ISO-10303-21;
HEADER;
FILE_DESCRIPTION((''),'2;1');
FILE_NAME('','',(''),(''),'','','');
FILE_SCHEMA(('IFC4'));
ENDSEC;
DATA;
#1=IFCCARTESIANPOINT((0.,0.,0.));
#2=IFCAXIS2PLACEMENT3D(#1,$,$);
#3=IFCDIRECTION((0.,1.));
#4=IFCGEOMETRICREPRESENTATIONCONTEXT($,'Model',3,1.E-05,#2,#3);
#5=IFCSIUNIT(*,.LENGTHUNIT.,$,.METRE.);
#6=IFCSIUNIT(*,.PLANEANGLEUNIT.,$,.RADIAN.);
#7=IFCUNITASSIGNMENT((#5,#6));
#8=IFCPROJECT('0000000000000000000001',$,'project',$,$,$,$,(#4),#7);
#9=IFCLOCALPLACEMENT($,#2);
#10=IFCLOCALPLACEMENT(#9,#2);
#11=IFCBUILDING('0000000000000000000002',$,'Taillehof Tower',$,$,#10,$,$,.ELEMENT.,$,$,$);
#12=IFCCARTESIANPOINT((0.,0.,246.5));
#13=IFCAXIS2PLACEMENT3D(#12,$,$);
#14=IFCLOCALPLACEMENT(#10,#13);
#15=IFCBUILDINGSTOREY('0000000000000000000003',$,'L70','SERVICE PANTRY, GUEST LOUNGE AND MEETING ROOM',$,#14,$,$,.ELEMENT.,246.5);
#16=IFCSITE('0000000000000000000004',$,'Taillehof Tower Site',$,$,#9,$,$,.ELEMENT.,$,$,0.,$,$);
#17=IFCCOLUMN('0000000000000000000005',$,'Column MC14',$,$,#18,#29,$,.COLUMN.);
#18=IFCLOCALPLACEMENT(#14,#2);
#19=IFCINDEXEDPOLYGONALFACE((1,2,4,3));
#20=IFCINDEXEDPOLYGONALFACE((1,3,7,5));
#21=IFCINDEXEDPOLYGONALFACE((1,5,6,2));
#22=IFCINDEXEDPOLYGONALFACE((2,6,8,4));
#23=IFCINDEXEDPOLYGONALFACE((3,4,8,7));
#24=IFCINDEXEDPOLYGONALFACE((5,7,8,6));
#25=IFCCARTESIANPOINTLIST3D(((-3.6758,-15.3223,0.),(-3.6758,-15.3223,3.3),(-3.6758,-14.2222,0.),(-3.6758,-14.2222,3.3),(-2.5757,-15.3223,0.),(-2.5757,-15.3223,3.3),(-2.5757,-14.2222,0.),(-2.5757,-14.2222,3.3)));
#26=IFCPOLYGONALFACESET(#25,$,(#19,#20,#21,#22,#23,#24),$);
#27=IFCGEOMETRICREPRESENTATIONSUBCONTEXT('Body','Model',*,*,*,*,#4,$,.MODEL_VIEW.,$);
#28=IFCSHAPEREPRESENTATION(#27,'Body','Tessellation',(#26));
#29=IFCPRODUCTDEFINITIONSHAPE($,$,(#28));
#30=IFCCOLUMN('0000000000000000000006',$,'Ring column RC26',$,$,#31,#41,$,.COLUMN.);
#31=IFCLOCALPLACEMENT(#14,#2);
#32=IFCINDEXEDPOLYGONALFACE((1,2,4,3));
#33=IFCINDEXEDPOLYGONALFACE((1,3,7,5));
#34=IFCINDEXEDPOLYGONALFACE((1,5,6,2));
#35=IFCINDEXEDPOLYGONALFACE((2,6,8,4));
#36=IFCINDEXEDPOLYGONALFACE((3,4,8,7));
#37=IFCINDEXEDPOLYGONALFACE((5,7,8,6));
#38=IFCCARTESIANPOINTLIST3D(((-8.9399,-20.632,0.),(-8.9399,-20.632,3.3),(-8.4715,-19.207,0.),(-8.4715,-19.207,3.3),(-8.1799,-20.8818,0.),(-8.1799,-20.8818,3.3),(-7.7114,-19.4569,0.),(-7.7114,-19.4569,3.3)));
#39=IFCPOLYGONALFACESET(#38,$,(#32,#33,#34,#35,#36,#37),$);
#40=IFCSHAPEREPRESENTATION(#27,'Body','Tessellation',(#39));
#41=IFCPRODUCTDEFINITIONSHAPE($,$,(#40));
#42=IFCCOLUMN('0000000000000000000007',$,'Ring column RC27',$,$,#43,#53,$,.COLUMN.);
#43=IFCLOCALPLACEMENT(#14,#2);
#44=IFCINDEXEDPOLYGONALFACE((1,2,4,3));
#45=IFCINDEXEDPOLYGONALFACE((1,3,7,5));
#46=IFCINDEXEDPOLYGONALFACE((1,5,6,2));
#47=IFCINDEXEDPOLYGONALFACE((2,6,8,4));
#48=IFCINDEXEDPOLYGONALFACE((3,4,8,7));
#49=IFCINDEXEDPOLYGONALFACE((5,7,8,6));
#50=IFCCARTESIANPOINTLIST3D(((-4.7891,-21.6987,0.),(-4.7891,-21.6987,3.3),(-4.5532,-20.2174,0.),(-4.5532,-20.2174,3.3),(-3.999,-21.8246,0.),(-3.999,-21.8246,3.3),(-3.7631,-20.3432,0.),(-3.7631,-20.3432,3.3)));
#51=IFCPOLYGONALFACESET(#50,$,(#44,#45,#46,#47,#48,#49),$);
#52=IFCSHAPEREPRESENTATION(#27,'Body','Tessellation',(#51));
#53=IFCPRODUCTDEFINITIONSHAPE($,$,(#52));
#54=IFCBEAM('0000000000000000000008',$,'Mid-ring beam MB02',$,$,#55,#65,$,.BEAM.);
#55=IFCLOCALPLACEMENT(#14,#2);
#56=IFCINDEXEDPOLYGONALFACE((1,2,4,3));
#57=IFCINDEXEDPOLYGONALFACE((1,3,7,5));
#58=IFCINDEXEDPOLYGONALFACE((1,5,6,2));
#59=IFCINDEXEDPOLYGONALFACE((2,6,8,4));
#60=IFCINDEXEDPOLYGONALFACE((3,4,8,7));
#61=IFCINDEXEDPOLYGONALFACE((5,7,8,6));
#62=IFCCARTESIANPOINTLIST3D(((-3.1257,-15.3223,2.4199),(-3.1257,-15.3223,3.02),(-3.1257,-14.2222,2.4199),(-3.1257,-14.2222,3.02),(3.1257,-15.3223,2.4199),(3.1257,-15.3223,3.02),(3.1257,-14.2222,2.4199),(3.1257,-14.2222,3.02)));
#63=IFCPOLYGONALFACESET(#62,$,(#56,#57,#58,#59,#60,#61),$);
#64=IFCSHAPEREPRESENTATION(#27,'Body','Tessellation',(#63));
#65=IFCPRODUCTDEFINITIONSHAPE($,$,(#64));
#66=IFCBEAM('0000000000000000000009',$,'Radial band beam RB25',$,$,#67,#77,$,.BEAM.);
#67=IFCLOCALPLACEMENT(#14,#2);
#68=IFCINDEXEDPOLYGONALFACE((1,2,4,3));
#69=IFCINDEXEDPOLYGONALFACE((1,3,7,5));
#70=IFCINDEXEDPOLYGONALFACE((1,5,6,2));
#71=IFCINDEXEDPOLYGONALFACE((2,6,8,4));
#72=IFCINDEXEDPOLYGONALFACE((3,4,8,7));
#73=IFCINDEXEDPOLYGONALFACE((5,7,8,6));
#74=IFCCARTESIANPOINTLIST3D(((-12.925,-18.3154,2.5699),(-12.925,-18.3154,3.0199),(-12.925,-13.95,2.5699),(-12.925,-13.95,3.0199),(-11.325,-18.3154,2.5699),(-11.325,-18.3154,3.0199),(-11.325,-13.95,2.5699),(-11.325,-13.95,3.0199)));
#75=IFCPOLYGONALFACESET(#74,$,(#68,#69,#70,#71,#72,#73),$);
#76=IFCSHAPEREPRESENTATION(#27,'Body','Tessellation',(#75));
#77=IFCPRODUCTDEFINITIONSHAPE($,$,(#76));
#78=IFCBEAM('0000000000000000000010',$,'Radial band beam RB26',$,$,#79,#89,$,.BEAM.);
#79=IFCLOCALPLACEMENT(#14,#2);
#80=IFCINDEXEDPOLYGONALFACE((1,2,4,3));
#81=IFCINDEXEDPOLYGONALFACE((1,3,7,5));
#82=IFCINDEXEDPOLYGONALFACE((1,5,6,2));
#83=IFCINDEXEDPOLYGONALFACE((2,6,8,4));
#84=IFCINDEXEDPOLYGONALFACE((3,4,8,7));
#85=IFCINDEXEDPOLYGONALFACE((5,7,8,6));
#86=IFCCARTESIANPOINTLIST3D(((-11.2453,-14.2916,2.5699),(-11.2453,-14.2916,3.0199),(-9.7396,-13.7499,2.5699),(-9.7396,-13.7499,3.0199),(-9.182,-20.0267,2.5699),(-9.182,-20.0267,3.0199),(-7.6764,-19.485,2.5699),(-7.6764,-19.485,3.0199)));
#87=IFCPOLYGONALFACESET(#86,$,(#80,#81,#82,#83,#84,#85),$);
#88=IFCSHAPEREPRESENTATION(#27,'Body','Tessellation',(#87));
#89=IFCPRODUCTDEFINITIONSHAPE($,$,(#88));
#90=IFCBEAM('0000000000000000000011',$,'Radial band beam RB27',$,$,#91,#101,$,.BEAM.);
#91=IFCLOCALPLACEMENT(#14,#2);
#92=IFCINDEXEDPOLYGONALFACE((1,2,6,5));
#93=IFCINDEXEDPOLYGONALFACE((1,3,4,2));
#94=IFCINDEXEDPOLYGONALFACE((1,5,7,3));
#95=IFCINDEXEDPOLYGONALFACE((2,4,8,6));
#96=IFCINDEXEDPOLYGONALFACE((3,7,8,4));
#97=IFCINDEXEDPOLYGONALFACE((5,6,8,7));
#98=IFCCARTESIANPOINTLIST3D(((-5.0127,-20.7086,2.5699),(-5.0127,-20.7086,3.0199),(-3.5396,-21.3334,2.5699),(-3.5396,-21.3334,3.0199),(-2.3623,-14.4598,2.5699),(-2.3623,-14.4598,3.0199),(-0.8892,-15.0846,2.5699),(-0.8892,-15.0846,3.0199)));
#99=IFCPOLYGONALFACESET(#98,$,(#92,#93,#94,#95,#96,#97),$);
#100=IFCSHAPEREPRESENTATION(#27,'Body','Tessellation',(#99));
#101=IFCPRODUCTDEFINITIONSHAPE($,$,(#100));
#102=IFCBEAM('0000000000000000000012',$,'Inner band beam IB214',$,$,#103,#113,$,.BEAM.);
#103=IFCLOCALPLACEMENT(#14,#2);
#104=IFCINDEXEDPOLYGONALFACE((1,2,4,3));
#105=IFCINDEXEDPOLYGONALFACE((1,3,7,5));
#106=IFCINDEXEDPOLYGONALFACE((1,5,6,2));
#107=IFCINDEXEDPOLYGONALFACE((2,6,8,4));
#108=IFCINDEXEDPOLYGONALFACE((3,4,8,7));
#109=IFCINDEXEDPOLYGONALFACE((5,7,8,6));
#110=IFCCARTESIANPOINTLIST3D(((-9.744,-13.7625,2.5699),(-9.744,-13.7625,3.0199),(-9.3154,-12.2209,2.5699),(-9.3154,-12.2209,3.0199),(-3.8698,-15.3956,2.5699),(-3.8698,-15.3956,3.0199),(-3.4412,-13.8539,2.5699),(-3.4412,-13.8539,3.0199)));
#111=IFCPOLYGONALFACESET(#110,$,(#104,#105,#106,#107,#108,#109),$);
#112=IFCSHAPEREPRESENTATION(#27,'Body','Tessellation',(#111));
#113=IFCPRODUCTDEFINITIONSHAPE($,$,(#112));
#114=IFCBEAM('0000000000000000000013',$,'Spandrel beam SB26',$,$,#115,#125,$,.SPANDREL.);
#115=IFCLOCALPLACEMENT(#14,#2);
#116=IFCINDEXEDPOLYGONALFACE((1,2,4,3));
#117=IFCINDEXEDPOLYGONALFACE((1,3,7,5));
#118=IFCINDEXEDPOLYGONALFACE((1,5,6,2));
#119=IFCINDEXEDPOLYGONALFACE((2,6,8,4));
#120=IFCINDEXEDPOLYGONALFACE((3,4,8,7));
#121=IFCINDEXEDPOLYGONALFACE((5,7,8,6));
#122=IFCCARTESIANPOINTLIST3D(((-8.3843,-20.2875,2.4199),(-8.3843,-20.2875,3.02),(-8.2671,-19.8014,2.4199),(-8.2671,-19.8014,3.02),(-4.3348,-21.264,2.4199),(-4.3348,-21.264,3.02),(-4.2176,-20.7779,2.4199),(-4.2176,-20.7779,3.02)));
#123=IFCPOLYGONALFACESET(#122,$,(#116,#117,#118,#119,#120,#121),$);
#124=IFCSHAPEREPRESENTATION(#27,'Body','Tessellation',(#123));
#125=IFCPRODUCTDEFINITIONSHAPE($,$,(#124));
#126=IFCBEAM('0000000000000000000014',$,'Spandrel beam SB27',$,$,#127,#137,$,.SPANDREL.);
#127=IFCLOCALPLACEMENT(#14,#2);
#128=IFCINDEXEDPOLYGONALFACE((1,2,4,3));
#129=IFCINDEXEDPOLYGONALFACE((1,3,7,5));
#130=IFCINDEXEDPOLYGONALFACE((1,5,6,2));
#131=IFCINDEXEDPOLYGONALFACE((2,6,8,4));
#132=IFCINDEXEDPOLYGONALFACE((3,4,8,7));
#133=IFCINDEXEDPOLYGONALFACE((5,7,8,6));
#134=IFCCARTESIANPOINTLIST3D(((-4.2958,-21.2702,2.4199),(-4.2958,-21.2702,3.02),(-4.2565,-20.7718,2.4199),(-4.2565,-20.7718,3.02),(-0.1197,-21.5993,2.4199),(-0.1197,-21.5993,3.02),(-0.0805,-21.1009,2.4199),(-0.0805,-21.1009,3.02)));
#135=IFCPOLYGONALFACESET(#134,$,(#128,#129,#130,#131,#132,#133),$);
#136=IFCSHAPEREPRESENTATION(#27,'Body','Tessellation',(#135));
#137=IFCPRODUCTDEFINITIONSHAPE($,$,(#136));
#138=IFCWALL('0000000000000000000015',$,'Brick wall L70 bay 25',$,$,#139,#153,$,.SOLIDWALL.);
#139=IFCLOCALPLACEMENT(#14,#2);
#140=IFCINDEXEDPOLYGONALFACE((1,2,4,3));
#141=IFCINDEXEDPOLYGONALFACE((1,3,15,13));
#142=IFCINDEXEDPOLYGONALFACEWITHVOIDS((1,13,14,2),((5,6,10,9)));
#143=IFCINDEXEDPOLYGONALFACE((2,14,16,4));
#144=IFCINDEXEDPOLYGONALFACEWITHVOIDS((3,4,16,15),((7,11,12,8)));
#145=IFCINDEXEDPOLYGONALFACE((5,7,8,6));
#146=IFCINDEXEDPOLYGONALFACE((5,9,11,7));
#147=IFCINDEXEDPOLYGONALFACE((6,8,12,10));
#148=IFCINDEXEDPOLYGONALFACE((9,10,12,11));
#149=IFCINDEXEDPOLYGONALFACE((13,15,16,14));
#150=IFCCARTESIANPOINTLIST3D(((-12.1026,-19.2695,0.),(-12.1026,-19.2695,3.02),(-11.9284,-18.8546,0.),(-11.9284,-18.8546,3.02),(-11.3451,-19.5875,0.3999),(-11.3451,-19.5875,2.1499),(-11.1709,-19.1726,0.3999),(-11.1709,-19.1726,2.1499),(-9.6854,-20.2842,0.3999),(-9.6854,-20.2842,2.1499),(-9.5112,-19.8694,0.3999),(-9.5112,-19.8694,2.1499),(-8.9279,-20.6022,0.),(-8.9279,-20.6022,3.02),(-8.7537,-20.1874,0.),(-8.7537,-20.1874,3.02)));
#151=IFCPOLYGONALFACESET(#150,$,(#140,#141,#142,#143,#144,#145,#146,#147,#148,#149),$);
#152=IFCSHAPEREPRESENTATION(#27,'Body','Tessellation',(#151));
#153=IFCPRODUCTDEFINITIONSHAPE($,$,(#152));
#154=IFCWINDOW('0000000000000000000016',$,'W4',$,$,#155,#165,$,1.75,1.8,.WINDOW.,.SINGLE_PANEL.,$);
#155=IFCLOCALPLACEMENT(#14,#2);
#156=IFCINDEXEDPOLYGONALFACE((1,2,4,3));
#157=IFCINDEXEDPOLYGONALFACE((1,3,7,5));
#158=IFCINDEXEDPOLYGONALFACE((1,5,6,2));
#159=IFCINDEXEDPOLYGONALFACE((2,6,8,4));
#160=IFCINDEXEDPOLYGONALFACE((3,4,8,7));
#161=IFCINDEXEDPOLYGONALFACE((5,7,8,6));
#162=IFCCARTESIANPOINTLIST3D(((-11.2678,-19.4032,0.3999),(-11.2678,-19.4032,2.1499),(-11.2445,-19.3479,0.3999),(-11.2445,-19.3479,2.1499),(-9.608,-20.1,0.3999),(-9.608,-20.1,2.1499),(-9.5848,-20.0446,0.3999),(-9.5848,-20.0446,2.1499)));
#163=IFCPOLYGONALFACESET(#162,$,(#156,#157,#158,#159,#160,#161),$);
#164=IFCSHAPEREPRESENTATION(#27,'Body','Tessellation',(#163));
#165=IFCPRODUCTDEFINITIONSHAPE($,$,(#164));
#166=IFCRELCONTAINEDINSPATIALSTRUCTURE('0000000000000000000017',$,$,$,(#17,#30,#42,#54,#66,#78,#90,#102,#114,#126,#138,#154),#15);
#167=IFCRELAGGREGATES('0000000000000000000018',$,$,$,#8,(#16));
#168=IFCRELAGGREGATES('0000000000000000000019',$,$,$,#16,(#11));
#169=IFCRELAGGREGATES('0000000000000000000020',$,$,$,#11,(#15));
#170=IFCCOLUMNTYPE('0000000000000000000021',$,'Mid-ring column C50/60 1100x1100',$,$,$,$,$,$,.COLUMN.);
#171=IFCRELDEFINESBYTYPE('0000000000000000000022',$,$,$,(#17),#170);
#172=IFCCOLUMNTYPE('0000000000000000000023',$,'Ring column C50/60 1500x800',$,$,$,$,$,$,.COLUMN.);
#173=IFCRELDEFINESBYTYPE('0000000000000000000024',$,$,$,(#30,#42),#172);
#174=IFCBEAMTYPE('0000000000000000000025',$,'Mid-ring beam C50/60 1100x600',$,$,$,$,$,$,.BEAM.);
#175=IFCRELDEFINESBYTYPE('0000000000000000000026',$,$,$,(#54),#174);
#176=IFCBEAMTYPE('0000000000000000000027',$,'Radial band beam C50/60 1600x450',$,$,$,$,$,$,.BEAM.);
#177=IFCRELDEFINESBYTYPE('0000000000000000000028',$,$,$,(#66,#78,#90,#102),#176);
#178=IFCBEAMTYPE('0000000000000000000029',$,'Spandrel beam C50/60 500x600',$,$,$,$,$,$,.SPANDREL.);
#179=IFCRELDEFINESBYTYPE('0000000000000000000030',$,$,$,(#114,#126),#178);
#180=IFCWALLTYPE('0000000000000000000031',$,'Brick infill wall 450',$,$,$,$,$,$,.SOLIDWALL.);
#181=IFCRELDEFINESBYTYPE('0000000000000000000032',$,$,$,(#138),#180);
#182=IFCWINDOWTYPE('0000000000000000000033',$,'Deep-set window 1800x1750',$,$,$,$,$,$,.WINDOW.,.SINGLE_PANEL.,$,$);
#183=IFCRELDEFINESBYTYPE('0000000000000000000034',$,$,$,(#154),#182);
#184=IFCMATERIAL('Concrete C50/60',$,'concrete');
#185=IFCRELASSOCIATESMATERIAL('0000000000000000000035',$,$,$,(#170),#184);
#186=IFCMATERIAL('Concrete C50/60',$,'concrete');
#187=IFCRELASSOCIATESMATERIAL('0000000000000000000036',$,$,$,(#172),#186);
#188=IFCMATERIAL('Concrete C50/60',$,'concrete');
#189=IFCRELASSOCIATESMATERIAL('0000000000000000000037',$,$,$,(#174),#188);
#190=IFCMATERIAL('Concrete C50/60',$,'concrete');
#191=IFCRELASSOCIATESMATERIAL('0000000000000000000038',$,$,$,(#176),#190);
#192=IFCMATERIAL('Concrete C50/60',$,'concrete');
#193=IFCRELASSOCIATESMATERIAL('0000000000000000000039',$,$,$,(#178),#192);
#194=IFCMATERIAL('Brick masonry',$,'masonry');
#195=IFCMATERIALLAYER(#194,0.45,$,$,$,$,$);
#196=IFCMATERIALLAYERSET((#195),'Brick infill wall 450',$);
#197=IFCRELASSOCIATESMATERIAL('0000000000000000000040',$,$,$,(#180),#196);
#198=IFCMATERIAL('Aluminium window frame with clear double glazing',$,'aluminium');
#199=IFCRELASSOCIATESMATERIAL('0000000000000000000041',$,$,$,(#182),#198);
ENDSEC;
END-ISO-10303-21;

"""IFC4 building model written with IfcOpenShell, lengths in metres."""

from ifc_helpers import new_model, si_unit, direction, frame, frame_2d, origin, origin_2d, place, context, subcontext, project, spatial, rectangle, extrude, material, layer, layer_set, material_profile, profile_set, type_object, element, fill, save


model = new_model("IFC4")

# Units and contexts
model_context = context("Model", 3, precision=1e-05, world=origin(), true_north=direction((0.0, 1.0)))
body_context = subcontext(model_context, "Body", "Model", "MODEL_VIEW")
ifc_project = project(units=[si_unit("LENGTHUNIT", "METRE"), si_unit("PLANEANGLEUNIT", "RADIAN")], contexts=[model_context])

# Site, building, storey
site_placement = place(None, origin())
site = spatial("IfcSite", under=ifc_project, at=site_placement, Name="Taillehof Tower Site", CompositionType="ELEMENT", RefElevation=0.0)
building_placement = place(site_placement, origin())
building = spatial("IfcBuilding", under=site, at=building_placement, Name="Taillehof Tower", CompositionType="ELEMENT")
storey_placement = place(building_placement, frame((0.0, 0.0, 246.5)))
storey = spatial("IfcBuildingStorey", under=building, at=storey_placement, Name="L70", Description="SERVICE PANTRY, GUEST LOUNGE AND MEETING ROOM", CompositionType="ELEMENT", Elevation=246.5)

# Columns
ifc_material_1 = material(Name="Concrete C50/60", Category="concrete")
ifc_material_profile_1 = material_profile(ifc_material_1, rectangle(XDim=1.1001, YDim=1.1001, at=origin_2d()), Name="RC 1100x1100")
ifc_profile_set_1 = profile_set([ifc_material_profile_1], Name="Concrete C50/60")
column_type_1 = type_object("IfcColumnType", Name="Mid-ring column C50/60 1100x1100", PredefinedType="COLUMN", material=ifc_profile_set_1)
column_placement = place(storey_placement, frame((-3.1257, -14.7722, 0.0), z_axis=(0.0, 0.0, 1.0), x_axis=(1.0, 0.0, 0.0)))
element("IfcColumn", 1, at=column_placement, inside=storey, type_object=column_type_1, Name="Column MC14", PredefinedType="COLUMN", context=body_context, shape_type="SweptSolid", body=[
    extrude(rectangle(XDim=1.1001, YDim=1.1001, at=origin_2d()), origin(), (0.0, 0.0, 1.0), 3.3),
])
ifc_material_2 = material(Name="Concrete C50/60", Category="concrete")
ifc_material_profile_2 = material_profile(ifc_material_2, rectangle(XDim=1.5, YDim=0.8, at=origin_2d()), Name="RC 1500x800")
ifc_profile_set_2 = profile_set([ifc_material_profile_2], Name="Concrete C50/60")
column_type_2 = type_object("IfcColumnType", Name="Ring column C50/60 1500x800", PredefinedType="COLUMN", material=ifc_profile_set_2)
for number, where, z_axis, x_axis, name in (
    (2, (-8.3257, -20.0444, 0.0), (0.0, 0.0, 1.0), (-0.312304, -0.949982, 0.0), "Ring column RC26"),
    (3, (-4.2761, -21.021, 0.0), (0.0, 0.0, 1.0), (-0.157281, -0.987554, 0.0), "Ring column RC27"),
):
    element("IfcColumn", number, at=place(storey_placement, frame(where, z_axis=z_axis, x_axis=x_axis)), inside=storey, type_object=column_type_2, Name=name, PredefinedType="COLUMN", context=body_context, shape_type="SweptSolid", body=[
        extrude(rectangle(XDim=1.5, YDim=0.8, at=origin_2d()), origin(), (0.0, 0.0, 1.0), 3.3),
    ])

# Beams
ifc_material_3 = material(Name="Concrete C50/60", Category="concrete")
ifc_material_profile_3 = material_profile(ifc_material_3, rectangle(XDim=1.1001, YDim=0.6001, at=origin_2d()), Name="RC 1100x600")
ifc_profile_set_3 = profile_set([ifc_material_profile_3], Name="Concrete C50/60")
beam_type_1 = type_object("IfcBeamType", Name="Mid-ring beam C50/60 1100x600", PredefinedType="BEAM", material=ifc_profile_set_3)
beam_1_placement = place(storey_placement, frame((-3.1257, -14.7722, 2.72), z_axis=(1.0, 0.0, 0.0), x_axis=(0.0, 1.0, 0.0)))
element("IfcBeam", 4, at=beam_1_placement, inside=storey, type_object=beam_type_1, Name="Mid-ring beam MB02", PredefinedType="BEAM", context=body_context, shape_type="SweptSolid", body=[
    extrude(rectangle(XDim=1.1001, YDim=0.6001, at=origin_2d()), origin(), (0.0, 0.0, 1.0), 6.2515),
])
ifc_material_4 = material(Name="Concrete C50/60", Category="concrete")
ifc_material_profile_4 = material_profile(ifc_material_4, rectangle(XDim=1.6001, YDim=0.45, at=origin_2d()), Name="RC 1600x450")
ifc_profile_set_4 = profile_set([ifc_material_profile_4], Name="Concrete C50/60")
beam_type_2 = type_object("IfcBeamType", Name="Radial band beam C50/60 1600x450", PredefinedType="BEAM", material=ifc_profile_set_4)
beam_2_placement = place(storey_placement, frame((-12.125, -18.3154, 2.7949), z_axis=(0.0, 1.0, 0.0), x_axis=(-1.0, 0.0, 0.0)))
element("IfcBeam", 5, at=beam_2_placement, inside=storey, type_object=beam_type_2, Name="Radial band beam RB25", PredefinedType="BEAM", context=body_context, shape_type="SweptSolid", body=[
    extrude(rectangle(XDim=1.6001, YDim=0.45, at=origin_2d()), origin(), (0.0, 0.0, 1.0), 4.3655),
])
beam_3_placement = place(storey_placement, frame((-8.4292, -19.7559, 2.7949), z_axis=(-0.338515, 0.940961, 0.0), x_axis=(-0.940961, -0.338515, 0.0)))
element("IfcBeam", 6, at=beam_3_placement, inside=storey, type_object=beam_type_2, Name="Radial band beam RB26", PredefinedType="BEAM", context=body_context, shape_type="SweptSolid", body=[
    extrude(rectangle(XDim=1.6001, YDim=0.45, at=origin_2d()), origin(), (0.0, 0.0, 1.0), 6.095),
])
beam_4_placement = place(storey_placement, frame((-4.2761, -21.021, 2.7949), z_axis=(0.390474, 0.920614, 0.0), x_axis=(-0.920614, 0.390474, 0.0)))
element("IfcBeam", 7, at=beam_4_placement, inside=storey, type_object=beam_type_2, Name="Radial band beam RB27", PredefinedType="BEAM", context=body_context, shape_type="SweptSolid", body=[
    extrude(rectangle(XDim=1.6001, YDim=0.45, at=origin_2d()), origin(), (0.0, 0.0, 1.0), 6.7876),
])
beam_5_placement = place(storey_placement, frame((-3.6555, -14.6248, 2.7949), z_axis=(-0.963459, 0.267855, 0.0), x_axis=(-0.267855, -0.963459, 0.0)))
element("IfcBeam", 8, at=beam_5_placement, inside=storey, type_object=beam_type_2, Name="Inner band beam IB214", PredefinedType="BEAM", context=body_context, shape_type="SweptSolid", body=[
    extrude(rectangle(XDim=1.6001, YDim=0.45, at=origin_2d()), origin(), (0.0, 0.0, 1.0), 6.0969),
])
ifc_material_5 = material(Name="Concrete C50/60", Category="concrete")
ifc_material_profile_5 = material_profile(ifc_material_5, rectangle(XDim=0.5, YDim=0.6001, at=origin_2d()), Name="RC 500x600")
ifc_profile_set_5 = profile_set([ifc_material_profile_5], Name="Concrete C50/60")
beam_type_3 = type_object("IfcBeamType", Name="Spandrel beam C50/60 500x600", PredefinedType="SPANDREL", material=ifc_profile_set_5)
beam_6_placement = place(storey_placement, frame((-8.3257, -20.0444, 2.72), z_axis=(0.972132, -0.234432, 0.0), x_axis=(0.234432, 0.972132, 0.0)))
element("IfcBeam", 9, at=beam_6_placement, inside=storey, type_object=beam_type_3, Name="Spandrel beam SB26", PredefinedType="SPANDREL", context=body_context, shape_type="SweptSolid", body=[
    extrude(rectangle(XDim=0.5, YDim=0.6001, at=origin_2d()), origin(), (0.0, 0.0, 1.0), 4.1655),
])
beam_7_placement = place(storey_placement, frame((-4.2761, -21.021, 2.72), z_axis=(0.996909, -0.078564, 0.0), x_axis=(0.078564, 0.996909, 0.0)))
element("IfcBeam", 10, at=beam_7_placement, inside=storey, type_object=beam_type_3, Name="Spandrel beam SB27", PredefinedType="SPANDREL", context=body_context, shape_type="SweptSolid", body=[
    extrude(rectangle(XDim=0.5, YDim=0.6001, at=origin_2d()), origin(), (0.0, 0.0, 1.0), 4.189),
])

# Wall, opening, window
ifc_material_6 = material(Name="Brick masonry", Category="masonry")
ifc_layer_1 = layer(ifc_material_6, 0.45)
ifc_layer_set_1 = layer_set([ifc_layer_1], Name="Brick infill wall 450")
wall_type_1 = type_object("IfcWallType", Name="Brick infill wall 450", PredefinedType="SOLIDWALL", material=ifc_layer_set_1)
wall_1_placement = place(storey_placement, frame((-12.0156, -19.062, 0.0), z_axis=(0.0, 0.0, 1.0), x_axis=(0.92205, -0.387071, 0.0)))
wall_1 = element("IfcWall", 11, at=wall_1_placement, inside=storey, type_object=wall_type_1, Name="Brick wall L70 bay 25", PredefinedType="SOLIDWALL", context=body_context, shape_type="SweptSolid", body=[
    extrude(rectangle(XDim=3.4431, YDim=0.45, at=frame_2d((1.7217, 0.0))), origin(), (0.0, 0.0, 1.0), 3.02),
])
opening_1_placement = place(wall_1_placement, frame((0.8218, 0.0, 0.3999)))
opening_1 = element("IfcOpeningElement", 12, at=opening_1_placement, cuts=wall_1, PredefinedType="OPENING", context=body_context, shape_type="SweptSolid", body=[
    extrude(rectangle(XDim=1.8, YDim=1.75, at=frame_2d((0.8999, 0.875))), frame((0.0, 0.2349, 0.0), z_axis=(0.0, -1.0, 0.0), x_axis=(1.0, 0.0, 0.0)), (0.0, 0.0, 1.0), 0.47),
])
ifc_material_7 = material(Name="Aluminium window frame with clear double glazing", Category="aluminium")
window_type_1 = type_object("IfcWindowType", Name="Deep-set window 1800x1750", PartitioningType="SINGLE_PANEL", PredefinedType="WINDOW", material=ifc_material_7)
window_1_placement = place(opening_1_placement, origin())
window_1 = element("IfcWindow", 13, at=window_1_placement, inside=storey, type_object=window_type_1, Name="W4", OverallHeight=1.75, OverallWidth=1.8, PartitioningType="SINGLE_PANEL", PredefinedType="WINDOW", context=body_context, shape_type="SweptSolid", body=[
    extrude(rectangle(XDim=1.8, YDim=1.75, at=frame_2d((0.8999, 0.875))), frame((0.0, 0.0349, 0.0), z_axis=(0.0, -1.0, 0.0), x_axis=(1.0, 0.0, 0.0)), (0.0, 0.0, 1.0), 0.0601),
])
fill(opening_1, window_1)

save(model, "model.ifc")
